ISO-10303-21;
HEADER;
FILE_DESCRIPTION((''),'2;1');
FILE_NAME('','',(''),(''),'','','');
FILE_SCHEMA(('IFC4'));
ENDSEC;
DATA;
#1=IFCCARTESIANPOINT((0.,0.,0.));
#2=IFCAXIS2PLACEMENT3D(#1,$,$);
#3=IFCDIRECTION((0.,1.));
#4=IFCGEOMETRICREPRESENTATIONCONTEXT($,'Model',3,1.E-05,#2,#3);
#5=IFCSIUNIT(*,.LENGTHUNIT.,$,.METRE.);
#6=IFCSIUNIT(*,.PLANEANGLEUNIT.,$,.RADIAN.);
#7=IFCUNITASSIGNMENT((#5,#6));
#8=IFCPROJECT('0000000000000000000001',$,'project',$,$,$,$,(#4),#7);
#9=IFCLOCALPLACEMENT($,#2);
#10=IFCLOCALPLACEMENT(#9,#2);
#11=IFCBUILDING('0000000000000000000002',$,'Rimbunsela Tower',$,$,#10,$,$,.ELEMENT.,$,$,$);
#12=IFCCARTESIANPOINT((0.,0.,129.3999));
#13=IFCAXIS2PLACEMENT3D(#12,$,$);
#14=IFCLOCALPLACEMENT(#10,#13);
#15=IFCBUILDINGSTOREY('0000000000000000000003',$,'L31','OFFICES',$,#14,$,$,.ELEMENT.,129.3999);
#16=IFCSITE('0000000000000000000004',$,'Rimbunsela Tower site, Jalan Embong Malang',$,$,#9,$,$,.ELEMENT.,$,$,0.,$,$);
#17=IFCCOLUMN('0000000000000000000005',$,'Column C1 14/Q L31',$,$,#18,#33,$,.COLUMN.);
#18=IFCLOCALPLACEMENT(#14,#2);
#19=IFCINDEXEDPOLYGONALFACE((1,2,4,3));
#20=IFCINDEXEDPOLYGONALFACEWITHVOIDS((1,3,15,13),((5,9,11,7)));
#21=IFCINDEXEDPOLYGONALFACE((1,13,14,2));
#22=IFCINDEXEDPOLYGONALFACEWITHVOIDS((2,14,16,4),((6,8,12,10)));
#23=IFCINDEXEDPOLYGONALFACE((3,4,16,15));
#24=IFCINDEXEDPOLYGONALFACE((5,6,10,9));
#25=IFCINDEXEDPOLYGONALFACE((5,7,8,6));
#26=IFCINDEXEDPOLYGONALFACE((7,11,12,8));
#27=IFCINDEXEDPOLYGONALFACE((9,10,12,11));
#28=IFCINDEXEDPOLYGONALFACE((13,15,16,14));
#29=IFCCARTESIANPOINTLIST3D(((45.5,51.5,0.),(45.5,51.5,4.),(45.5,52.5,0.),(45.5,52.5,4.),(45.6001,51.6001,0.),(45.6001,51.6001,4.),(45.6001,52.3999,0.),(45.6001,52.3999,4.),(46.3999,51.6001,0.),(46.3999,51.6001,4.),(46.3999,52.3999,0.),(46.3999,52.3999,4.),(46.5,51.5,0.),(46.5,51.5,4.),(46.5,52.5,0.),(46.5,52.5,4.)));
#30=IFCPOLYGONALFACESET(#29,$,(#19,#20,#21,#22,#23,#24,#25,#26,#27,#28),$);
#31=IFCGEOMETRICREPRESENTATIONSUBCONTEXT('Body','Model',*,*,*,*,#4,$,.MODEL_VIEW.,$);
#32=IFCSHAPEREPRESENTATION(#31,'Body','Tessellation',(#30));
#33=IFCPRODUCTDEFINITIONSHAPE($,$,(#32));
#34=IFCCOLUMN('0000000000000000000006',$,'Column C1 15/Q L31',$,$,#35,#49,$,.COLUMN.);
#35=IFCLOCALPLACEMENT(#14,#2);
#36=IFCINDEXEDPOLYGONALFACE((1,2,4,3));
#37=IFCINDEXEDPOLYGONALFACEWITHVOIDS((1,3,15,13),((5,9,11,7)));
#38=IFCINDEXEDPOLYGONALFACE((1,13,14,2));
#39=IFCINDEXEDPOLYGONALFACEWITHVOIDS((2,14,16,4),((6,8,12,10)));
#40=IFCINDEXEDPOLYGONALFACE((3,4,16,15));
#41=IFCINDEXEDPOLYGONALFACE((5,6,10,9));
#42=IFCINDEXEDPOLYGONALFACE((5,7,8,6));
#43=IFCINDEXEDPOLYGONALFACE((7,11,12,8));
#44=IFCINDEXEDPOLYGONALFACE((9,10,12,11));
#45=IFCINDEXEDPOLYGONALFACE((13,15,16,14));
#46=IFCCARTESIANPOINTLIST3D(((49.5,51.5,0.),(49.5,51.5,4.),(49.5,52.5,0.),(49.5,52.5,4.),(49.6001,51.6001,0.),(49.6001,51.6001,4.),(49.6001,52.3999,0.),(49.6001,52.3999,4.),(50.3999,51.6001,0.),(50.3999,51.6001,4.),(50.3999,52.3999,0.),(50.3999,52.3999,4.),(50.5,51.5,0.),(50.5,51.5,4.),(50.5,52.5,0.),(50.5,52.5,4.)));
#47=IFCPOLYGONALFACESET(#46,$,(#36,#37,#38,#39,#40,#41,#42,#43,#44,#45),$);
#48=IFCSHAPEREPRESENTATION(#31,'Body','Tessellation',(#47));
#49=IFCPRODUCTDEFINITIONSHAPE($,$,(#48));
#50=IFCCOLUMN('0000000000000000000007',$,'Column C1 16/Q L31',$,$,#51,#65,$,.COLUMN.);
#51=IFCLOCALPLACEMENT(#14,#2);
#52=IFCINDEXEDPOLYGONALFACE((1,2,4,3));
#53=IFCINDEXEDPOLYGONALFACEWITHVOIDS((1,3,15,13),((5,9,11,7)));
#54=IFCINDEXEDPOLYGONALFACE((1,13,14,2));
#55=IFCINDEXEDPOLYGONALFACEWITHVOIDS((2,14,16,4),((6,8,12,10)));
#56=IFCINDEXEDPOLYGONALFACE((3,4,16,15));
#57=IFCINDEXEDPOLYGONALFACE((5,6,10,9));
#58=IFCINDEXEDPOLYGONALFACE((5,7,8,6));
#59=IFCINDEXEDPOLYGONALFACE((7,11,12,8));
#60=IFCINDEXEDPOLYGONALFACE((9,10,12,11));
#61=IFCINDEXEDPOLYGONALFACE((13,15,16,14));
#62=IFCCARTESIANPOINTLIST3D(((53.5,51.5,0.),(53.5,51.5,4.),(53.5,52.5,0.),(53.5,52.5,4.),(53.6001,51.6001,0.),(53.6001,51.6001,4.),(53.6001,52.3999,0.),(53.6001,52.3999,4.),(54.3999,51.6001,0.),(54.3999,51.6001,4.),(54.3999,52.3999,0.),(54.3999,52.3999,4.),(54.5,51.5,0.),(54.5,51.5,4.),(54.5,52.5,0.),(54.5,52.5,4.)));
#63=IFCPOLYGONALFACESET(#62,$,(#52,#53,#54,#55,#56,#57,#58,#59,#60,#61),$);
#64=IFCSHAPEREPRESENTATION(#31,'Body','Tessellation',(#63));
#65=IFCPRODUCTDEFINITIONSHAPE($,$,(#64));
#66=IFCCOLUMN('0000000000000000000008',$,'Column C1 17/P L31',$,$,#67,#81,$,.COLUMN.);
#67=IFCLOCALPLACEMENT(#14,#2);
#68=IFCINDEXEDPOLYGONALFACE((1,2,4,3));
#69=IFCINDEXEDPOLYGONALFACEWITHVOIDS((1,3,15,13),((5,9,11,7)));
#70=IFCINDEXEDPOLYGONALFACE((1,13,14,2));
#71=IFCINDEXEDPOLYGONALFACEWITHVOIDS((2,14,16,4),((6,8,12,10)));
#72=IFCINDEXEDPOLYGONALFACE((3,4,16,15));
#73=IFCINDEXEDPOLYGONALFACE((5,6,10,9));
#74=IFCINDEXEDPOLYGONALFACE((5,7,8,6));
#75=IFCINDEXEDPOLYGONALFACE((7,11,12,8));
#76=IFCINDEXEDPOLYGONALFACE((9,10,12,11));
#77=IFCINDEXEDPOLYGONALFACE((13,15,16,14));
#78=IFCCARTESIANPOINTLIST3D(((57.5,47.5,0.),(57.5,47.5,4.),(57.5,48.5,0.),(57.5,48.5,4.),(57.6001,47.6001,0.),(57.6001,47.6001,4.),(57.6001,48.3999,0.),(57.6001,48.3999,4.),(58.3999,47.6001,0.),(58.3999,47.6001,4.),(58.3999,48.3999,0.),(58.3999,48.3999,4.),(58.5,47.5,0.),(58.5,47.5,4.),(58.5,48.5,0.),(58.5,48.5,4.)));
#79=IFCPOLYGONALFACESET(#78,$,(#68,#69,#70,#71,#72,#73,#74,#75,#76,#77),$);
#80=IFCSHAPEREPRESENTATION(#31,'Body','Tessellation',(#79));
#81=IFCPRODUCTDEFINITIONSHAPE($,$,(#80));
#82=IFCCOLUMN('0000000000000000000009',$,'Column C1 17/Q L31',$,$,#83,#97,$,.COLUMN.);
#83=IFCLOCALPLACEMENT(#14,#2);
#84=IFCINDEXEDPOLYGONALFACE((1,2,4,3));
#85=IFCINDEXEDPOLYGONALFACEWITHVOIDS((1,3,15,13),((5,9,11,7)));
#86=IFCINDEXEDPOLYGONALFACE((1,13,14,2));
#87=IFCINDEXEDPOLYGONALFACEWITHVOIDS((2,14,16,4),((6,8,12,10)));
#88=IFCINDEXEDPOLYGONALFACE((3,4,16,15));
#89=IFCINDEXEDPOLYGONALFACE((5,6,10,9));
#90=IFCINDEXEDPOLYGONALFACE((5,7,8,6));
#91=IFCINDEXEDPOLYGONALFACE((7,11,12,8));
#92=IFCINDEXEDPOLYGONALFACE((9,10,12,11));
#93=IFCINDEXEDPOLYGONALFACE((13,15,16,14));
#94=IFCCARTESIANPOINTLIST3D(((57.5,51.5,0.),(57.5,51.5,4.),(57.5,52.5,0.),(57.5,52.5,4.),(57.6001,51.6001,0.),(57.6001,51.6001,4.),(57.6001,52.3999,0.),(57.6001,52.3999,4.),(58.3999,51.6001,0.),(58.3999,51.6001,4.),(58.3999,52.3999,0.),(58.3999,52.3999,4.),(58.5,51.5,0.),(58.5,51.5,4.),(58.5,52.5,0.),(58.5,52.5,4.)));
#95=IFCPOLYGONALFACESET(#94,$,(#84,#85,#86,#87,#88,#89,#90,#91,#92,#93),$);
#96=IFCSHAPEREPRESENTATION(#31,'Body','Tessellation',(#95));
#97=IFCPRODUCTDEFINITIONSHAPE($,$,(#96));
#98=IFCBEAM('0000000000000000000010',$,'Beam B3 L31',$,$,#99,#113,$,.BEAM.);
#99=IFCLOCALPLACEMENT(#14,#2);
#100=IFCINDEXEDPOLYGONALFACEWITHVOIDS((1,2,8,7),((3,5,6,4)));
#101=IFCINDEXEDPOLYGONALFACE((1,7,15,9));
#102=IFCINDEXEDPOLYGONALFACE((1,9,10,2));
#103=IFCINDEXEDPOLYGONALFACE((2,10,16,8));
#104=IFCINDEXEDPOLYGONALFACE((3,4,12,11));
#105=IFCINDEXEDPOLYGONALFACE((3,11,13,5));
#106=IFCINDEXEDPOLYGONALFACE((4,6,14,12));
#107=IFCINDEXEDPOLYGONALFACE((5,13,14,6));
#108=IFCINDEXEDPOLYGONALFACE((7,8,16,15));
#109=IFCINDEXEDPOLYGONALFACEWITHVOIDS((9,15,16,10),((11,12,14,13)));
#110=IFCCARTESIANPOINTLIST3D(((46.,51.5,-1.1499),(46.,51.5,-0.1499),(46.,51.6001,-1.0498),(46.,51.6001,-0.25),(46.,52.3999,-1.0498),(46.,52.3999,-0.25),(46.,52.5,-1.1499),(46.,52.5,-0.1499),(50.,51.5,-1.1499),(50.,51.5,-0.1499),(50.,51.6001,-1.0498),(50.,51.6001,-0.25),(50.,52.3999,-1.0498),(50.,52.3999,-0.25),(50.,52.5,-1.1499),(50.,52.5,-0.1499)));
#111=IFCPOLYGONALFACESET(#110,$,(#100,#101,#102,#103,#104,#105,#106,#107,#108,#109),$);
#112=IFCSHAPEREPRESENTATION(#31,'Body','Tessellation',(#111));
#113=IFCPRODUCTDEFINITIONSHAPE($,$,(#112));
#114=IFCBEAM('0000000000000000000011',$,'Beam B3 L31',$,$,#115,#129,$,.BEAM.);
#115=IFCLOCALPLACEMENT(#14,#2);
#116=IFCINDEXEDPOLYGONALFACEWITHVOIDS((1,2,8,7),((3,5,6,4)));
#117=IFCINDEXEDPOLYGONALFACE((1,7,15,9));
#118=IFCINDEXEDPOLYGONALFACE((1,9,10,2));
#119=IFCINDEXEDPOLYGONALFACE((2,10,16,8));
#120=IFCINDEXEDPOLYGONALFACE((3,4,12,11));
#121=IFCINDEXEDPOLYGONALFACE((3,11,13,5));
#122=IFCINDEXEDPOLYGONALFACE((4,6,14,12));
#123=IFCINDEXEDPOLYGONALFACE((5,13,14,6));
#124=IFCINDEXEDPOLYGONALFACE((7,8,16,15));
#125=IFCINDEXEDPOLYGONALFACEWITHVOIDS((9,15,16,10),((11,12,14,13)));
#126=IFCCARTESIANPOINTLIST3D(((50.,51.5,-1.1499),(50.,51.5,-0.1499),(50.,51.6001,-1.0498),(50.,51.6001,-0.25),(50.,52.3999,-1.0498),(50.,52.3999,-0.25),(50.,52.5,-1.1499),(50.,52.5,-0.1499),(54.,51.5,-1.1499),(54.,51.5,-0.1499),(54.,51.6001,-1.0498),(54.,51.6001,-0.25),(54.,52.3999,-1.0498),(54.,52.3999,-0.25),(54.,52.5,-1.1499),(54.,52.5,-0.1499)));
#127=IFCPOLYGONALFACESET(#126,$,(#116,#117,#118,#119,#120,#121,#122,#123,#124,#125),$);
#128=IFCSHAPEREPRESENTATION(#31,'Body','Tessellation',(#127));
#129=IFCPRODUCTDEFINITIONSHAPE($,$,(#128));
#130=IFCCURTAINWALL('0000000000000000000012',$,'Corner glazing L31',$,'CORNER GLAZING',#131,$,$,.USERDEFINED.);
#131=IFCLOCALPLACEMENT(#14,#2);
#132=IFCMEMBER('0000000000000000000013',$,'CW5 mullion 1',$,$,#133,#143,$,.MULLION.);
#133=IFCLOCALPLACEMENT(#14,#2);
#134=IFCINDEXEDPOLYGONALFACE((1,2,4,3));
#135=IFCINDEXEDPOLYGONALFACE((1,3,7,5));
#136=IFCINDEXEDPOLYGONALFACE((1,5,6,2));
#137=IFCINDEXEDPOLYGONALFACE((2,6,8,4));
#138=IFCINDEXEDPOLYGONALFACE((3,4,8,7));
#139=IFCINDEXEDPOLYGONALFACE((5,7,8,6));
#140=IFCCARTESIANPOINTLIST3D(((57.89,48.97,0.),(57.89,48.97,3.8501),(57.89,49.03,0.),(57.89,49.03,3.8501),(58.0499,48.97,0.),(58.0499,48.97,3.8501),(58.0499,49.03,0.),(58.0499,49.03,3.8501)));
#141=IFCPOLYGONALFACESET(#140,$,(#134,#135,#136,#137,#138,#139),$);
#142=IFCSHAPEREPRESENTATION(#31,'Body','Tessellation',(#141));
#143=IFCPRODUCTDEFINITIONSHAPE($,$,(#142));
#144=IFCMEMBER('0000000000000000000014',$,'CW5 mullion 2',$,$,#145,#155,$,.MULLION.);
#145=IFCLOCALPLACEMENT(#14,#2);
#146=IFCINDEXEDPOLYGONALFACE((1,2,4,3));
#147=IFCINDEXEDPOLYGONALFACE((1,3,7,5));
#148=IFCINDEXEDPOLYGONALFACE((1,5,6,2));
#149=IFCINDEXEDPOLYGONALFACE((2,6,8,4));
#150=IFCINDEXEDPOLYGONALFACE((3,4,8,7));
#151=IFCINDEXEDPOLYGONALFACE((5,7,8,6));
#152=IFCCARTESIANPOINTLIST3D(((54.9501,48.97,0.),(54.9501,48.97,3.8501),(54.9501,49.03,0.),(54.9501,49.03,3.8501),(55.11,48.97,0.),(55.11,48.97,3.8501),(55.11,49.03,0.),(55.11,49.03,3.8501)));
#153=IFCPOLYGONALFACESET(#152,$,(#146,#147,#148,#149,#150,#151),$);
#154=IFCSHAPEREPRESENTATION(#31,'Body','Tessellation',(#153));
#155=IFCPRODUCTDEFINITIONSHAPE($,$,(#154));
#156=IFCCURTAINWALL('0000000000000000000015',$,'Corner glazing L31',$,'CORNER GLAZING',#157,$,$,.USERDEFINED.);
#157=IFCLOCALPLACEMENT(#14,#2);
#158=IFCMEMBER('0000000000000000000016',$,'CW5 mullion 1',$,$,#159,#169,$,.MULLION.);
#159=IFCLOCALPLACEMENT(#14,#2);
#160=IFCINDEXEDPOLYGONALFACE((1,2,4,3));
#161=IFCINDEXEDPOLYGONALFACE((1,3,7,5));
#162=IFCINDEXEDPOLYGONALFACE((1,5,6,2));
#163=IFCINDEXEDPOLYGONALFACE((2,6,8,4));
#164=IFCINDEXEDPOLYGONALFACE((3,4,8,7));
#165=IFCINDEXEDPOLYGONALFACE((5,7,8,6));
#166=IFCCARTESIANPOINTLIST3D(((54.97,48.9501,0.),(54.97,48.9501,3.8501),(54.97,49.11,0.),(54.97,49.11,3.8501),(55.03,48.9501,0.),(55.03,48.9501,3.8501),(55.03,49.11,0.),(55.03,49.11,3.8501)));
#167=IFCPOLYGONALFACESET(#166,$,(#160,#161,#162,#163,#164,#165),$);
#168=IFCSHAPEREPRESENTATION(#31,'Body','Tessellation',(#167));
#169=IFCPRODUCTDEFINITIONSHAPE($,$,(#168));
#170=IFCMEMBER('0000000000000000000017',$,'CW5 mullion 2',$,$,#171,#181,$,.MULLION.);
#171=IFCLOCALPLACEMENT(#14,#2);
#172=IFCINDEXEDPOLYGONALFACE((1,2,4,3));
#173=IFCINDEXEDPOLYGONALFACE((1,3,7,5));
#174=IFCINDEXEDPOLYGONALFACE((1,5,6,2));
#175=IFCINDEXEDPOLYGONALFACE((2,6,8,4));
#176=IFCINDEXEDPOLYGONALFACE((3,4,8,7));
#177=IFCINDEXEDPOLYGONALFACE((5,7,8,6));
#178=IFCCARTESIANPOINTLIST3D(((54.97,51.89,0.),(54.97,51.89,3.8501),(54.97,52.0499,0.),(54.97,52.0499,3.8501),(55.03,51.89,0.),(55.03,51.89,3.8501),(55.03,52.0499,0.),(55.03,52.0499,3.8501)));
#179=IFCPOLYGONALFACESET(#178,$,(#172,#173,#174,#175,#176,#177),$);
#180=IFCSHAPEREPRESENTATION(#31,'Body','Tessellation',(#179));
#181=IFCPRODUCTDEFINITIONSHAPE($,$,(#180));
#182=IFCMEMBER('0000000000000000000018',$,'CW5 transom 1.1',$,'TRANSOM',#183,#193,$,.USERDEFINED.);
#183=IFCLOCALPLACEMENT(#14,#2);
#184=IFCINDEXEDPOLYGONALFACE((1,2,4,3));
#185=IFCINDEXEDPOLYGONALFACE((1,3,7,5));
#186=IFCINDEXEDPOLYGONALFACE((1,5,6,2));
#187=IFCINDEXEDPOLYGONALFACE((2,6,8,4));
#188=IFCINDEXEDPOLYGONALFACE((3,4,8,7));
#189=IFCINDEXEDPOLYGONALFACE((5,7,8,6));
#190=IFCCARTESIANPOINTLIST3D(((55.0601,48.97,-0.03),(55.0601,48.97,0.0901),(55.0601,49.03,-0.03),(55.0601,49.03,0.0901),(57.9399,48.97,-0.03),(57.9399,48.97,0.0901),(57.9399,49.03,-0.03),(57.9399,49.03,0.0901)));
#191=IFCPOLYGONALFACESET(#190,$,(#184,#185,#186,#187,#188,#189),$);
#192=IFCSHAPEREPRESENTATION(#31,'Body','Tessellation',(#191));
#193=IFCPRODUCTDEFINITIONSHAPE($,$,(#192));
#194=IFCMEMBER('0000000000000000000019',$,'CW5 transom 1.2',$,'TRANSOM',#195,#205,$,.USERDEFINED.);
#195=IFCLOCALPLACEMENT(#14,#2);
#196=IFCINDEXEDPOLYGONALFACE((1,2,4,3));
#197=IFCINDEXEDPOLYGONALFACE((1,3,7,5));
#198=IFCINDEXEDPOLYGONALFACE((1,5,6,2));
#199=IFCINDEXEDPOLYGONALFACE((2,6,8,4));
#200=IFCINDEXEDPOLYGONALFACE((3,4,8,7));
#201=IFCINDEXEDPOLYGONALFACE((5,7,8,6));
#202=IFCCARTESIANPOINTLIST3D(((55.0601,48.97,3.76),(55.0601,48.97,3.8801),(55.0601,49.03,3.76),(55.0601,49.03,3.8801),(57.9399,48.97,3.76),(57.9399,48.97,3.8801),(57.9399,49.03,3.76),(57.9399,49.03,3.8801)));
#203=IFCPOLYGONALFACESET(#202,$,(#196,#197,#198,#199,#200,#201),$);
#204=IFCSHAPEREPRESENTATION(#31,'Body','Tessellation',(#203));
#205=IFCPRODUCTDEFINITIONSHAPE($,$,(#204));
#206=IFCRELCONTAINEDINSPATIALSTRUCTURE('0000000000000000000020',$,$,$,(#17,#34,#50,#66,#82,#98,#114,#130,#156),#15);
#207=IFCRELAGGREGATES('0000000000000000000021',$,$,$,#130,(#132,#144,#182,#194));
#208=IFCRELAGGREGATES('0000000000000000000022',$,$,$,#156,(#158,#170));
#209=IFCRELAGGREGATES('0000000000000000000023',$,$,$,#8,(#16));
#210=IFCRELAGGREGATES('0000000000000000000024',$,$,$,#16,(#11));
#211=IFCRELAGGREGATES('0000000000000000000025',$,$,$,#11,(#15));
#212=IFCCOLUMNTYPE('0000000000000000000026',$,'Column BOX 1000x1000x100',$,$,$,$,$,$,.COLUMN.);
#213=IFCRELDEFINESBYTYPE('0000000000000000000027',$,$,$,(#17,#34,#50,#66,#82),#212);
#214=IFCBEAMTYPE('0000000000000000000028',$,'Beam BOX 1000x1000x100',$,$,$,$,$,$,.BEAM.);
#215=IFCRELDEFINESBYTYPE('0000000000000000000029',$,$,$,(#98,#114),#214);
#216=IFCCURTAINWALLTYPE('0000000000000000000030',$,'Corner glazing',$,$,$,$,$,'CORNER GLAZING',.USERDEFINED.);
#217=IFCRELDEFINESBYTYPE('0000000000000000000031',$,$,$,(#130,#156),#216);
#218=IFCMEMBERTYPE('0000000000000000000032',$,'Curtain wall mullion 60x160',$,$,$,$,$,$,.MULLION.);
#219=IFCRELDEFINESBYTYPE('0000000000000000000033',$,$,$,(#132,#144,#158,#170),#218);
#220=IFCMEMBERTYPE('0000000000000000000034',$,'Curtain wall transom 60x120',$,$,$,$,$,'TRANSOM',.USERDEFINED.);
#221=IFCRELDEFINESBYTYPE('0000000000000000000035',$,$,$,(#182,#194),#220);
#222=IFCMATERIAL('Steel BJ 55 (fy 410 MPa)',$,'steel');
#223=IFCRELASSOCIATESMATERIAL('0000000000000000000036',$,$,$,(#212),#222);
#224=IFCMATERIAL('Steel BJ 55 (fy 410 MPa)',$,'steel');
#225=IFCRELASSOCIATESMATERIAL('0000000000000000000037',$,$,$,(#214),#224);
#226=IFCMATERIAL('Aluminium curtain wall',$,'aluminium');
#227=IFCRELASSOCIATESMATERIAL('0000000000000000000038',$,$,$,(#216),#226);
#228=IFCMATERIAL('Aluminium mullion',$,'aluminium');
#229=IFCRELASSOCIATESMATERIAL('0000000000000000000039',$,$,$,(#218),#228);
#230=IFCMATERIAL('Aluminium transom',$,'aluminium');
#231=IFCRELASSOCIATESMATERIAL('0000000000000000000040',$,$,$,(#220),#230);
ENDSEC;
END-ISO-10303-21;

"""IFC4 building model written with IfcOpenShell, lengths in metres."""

from ifc_helpers import new_model, si_unit, direction, frame, origin, origin_2d, place, context, subcontext, project, spatial, rectangle, hollow_rectangle, extrude, material, material_profile, profile_set, type_object, element, aggregate, save


model = new_model("IFC4")

# Units and contexts
model_context = context("Model", 3, precision=1e-05, world=origin(), true_north=direction((0.0, 1.0)))
body_context = subcontext(model_context, "Body", "Model", "MODEL_VIEW")
ifc_project = project(units=[si_unit("LENGTHUNIT", "METRE"), si_unit("PLANEANGLEUNIT", "RADIAN")], contexts=[model_context])

# Site, building, storey
site_placement = place(None, origin())
site = spatial("IfcSite", under=ifc_project, at=site_placement, Name="Rimbunsela Tower site, Jalan Embong Malang", CompositionType="ELEMENT", RefElevation=0.0)
building_placement = place(site_placement, origin())
building = spatial("IfcBuilding", under=site, at=building_placement, Name="Rimbunsela Tower", CompositionType="ELEMENT")
storey_placement = place(building_placement, frame((0.0, 0.0, 129.3999)))
storey = spatial("IfcBuildingStorey", under=building, at=storey_placement, Name="L31", Description="OFFICES", CompositionType="ELEMENT", Elevation=129.3999)

# Columns
ifc_material_1 = material(Name="Steel BJ 55 (fy 410 MPa)", Category="steel")
ifc_material_profile_1 = material_profile(ifc_material_1, hollow_rectangle(XDim=1.0, YDim=1.0, WallThickness=0.1001, at=origin_2d()), Name="BOX 1000x1000x100")
ifc_profile_set_1 = profile_set([ifc_material_profile_1], Name="Steel BJ 55 (fy 410 MPa)")
column_type = type_object("IfcColumnType", Name="Column BOX 1000x1000x100", PredefinedType="COLUMN", material=ifc_profile_set_1)
for number, where, z_axis, x_axis, name in (
    (1, (46.0, 52.0, 0.0), (0.0, 0.0, 1.0), (1.0, 0.0, 0.0), "Column C1 14/Q L31"),
    (2, (50.0, 52.0, 0.0), (0.0, 0.0, 1.0), (1.0, 0.0, 0.0), "Column C1 15/Q L31"),
    (3, (54.0, 52.0, 0.0), (0.0, 0.0, 1.0), (1.0, 0.0, 0.0), "Column C1 16/Q L31"),
    (4, (58.0, 48.0, 0.0), (0.0, 0.0, 1.0), (1.0, 0.0, 0.0), "Column C1 17/P L31"),
    (5, (58.0, 52.0, 0.0), (0.0, 0.0, 1.0), (1.0, 0.0, 0.0), "Column C1 17/Q L31"),
):
    element("IfcColumn", number, at=place(storey_placement, frame(where, z_axis=z_axis, x_axis=x_axis)), inside=storey, type_object=column_type, Name=name, PredefinedType="COLUMN", context=body_context, shape_type="SweptSolid", body=[
        extrude(hollow_rectangle(XDim=1.0, YDim=1.0, WallThickness=0.1001, at=origin_2d()), origin(), (0.0, 0.0, 1.0), 4.0),
    ])

# Beams
ifc_material_2 = material(Name="Steel BJ 55 (fy 410 MPa)", Category="steel")
ifc_material_profile_2 = material_profile(ifc_material_2, hollow_rectangle(XDim=1.0, YDim=1.0, WallThickness=0.1001, at=origin_2d()), Name="BOX 1000x1000x100")
ifc_profile_set_2 = profile_set([ifc_material_profile_2], Name="Steel BJ 55 (fy 410 MPa)")
beam_type = type_object("IfcBeamType", Name="Beam BOX 1000x1000x100", PredefinedType="BEAM", material=ifc_profile_set_2)
for number, where, z_axis, x_axis, name in (
    (6, (46.0, 52.0, -0.6499), (1.0, 0.0, 0.0), (0.0, 1.0, 0.0), "Beam B3 L31"),
    (7, (50.0, 52.0, -0.6499), (1.0, 0.0, 0.0), (0.0, 1.0, 0.0), "Beam B3 L31"),
):
    element("IfcBeam", number, at=place(storey_placement, frame(where, z_axis=z_axis, x_axis=x_axis)), inside=storey, type_object=beam_type, Name=name, PredefinedType="BEAM", context=body_context, shape_type="SweptSolid", body=[
        extrude(hollow_rectangle(XDim=1.0, YDim=1.0, WallThickness=0.1001, at=origin_2d()), origin(), (0.0, 0.0, 1.0), 4.0),
    ])

# Curtain walls, members
ifc_material_3 = material(Name="Aluminium curtain wall", Category="aluminium")
curtain_wall_type = type_object("IfcCurtainWallType", Name="Corner glazing", ElementType="CORNER GLAZING", PredefinedType="USERDEFINED", material=ifc_material_3)
curtain_wall_1_placement = place(storey_placement, origin())
curtain_wall_1 = element("IfcCurtainWall", 8, at=curtain_wall_1_placement, inside=storey, type_object=curtain_wall_type, Name="Corner glazing L31", ObjectType="CORNER GLAZING", PredefinedType="USERDEFINED")
ifc_material_4 = material(Name="Aluminium mullion", Category="aluminium")
ifc_material_profile_3 = material_profile(ifc_material_4, rectangle(XDim=0.0601, YDim=0.1599, at=origin_2d()), Name="Mullion 60x160")
ifc_profile_set_3 = profile_set([ifc_material_profile_3], Name="Aluminium mullion")
member_type_1 = type_object("IfcMemberType", Name="Curtain wall mullion 60x160", PredefinedType="MULLION", material=ifc_profile_set_3)
member_1_placement = place(storey_placement, frame((57.97, 49.0, 0.0), z_axis=(0.0, 0.0, 1.0), x_axis=(0.0, -1.0, 0.0)))
member_1 = element("IfcMember", 9, at=member_1_placement, type_object=member_type_1, Name="CW5 mullion 1", PredefinedType="MULLION", context=body_context, shape_type="SweptSolid", body=[
    extrude(rectangle(XDim=0.0601, YDim=0.1599, at=origin_2d()), origin(), (0.0, 0.0, 1.0), 3.8501),
])
member_2_placement = place(storey_placement, frame((55.03, 49.0, 0.0), z_axis=(0.0, 0.0, 1.0), x_axis=(0.0, -1.0, 0.0)))
member_2 = element("IfcMember", 10, at=member_2_placement, type_object=member_type_1, Name="CW5 mullion 2", PredefinedType="MULLION", context=body_context, shape_type="SweptSolid", body=[
    extrude(rectangle(XDim=0.0601, YDim=0.1599, at=origin_2d()), origin(), (0.0, 0.0, 1.0), 3.8501),
])
curtain_wall_2_placement = place(storey_placement, origin())
curtain_wall_2 = element("IfcCurtainWall", 11, at=curtain_wall_2_placement, inside=storey, type_object=curtain_wall_type, Name="Corner glazing L31", ObjectType="CORNER GLAZING", PredefinedType="USERDEFINED")
member_3_placement = place(storey_placement, frame((55.0, 49.03, 0.0), z_axis=(0.0, 0.0, 1.0), x_axis=(-1.0, 0.0, 0.0)))
member_3 = element("IfcMember", 12, at=member_3_placement, type_object=member_type_1, Name="CW5 mullion 1", PredefinedType="MULLION", context=body_context, shape_type="SweptSolid", body=[
    extrude(rectangle(XDim=0.0601, YDim=0.1599, at=origin_2d()), origin(), (0.0, 0.0, 1.0), 3.8501),
])
member_4_placement = place(storey_placement, frame((55.0, 51.97, 0.0), z_axis=(0.0, 0.0, 1.0), x_axis=(-1.0, 0.0, 0.0)))
member_4 = element("IfcMember", 13, at=member_4_placement, type_object=member_type_1, Name="CW5 mullion 2", PredefinedType="MULLION", context=body_context, shape_type="SweptSolid", body=[
    extrude(rectangle(XDim=0.0601, YDim=0.1599, at=origin_2d()), origin(), (0.0, 0.0, 1.0), 3.8501),
])

# Members
ifc_material_5 = material(Name="Aluminium transom", Category="aluminium")
ifc_material_profile_4 = material_profile(ifc_material_5, rectangle(XDim=0.0601, YDim=0.1201, at=origin_2d()), Name="Transom 60x120")
ifc_profile_set_4 = profile_set([ifc_material_profile_4], Name="Aluminium transom")
member_type_2 = type_object("IfcMemberType", Name="Curtain wall transom 60x120", ElementType="TRANSOM", PredefinedType="USERDEFINED", material=ifc_profile_set_4)
member_5_placement = place(storey_placement, frame((57.9399, 49.0, 0.03), z_axis=(-1.0, 0.0, 0.0), x_axis=(0.0, -1.0, 0.0)))
member_5 = element("IfcMember", 14, at=member_5_placement, type_object=member_type_2, Name="CW5 transom 1.1", ObjectType="TRANSOM", PredefinedType="USERDEFINED", context=body_context, shape_type="SweptSolid", body=[
    extrude(rectangle(XDim=0.0601, YDim=0.1201, at=origin_2d()), origin(), (0.0, 0.0, 1.0), 2.8799),
])
member_6_placement = place(storey_placement, frame((57.9399, 49.0, 3.8201), z_axis=(-1.0, 0.0, 0.0), x_axis=(0.0, -1.0, 0.0)))
member_6 = element("IfcMember", 15, at=member_6_placement, type_object=member_type_2, Name="CW5 transom 1.2", ObjectType="TRANSOM", PredefinedType="USERDEFINED", context=body_context, shape_type="SweptSolid", body=[
    extrude(rectangle(XDim=0.0601, YDim=0.1201, at=origin_2d()), origin(), (0.0, 0.0, 1.0), 2.8799),
])

aggregate(curtain_wall_1, [member_1, member_2, member_5, member_6])
aggregate(curtain_wall_2, [member_3, member_4])

save(model, "model.ifc")
